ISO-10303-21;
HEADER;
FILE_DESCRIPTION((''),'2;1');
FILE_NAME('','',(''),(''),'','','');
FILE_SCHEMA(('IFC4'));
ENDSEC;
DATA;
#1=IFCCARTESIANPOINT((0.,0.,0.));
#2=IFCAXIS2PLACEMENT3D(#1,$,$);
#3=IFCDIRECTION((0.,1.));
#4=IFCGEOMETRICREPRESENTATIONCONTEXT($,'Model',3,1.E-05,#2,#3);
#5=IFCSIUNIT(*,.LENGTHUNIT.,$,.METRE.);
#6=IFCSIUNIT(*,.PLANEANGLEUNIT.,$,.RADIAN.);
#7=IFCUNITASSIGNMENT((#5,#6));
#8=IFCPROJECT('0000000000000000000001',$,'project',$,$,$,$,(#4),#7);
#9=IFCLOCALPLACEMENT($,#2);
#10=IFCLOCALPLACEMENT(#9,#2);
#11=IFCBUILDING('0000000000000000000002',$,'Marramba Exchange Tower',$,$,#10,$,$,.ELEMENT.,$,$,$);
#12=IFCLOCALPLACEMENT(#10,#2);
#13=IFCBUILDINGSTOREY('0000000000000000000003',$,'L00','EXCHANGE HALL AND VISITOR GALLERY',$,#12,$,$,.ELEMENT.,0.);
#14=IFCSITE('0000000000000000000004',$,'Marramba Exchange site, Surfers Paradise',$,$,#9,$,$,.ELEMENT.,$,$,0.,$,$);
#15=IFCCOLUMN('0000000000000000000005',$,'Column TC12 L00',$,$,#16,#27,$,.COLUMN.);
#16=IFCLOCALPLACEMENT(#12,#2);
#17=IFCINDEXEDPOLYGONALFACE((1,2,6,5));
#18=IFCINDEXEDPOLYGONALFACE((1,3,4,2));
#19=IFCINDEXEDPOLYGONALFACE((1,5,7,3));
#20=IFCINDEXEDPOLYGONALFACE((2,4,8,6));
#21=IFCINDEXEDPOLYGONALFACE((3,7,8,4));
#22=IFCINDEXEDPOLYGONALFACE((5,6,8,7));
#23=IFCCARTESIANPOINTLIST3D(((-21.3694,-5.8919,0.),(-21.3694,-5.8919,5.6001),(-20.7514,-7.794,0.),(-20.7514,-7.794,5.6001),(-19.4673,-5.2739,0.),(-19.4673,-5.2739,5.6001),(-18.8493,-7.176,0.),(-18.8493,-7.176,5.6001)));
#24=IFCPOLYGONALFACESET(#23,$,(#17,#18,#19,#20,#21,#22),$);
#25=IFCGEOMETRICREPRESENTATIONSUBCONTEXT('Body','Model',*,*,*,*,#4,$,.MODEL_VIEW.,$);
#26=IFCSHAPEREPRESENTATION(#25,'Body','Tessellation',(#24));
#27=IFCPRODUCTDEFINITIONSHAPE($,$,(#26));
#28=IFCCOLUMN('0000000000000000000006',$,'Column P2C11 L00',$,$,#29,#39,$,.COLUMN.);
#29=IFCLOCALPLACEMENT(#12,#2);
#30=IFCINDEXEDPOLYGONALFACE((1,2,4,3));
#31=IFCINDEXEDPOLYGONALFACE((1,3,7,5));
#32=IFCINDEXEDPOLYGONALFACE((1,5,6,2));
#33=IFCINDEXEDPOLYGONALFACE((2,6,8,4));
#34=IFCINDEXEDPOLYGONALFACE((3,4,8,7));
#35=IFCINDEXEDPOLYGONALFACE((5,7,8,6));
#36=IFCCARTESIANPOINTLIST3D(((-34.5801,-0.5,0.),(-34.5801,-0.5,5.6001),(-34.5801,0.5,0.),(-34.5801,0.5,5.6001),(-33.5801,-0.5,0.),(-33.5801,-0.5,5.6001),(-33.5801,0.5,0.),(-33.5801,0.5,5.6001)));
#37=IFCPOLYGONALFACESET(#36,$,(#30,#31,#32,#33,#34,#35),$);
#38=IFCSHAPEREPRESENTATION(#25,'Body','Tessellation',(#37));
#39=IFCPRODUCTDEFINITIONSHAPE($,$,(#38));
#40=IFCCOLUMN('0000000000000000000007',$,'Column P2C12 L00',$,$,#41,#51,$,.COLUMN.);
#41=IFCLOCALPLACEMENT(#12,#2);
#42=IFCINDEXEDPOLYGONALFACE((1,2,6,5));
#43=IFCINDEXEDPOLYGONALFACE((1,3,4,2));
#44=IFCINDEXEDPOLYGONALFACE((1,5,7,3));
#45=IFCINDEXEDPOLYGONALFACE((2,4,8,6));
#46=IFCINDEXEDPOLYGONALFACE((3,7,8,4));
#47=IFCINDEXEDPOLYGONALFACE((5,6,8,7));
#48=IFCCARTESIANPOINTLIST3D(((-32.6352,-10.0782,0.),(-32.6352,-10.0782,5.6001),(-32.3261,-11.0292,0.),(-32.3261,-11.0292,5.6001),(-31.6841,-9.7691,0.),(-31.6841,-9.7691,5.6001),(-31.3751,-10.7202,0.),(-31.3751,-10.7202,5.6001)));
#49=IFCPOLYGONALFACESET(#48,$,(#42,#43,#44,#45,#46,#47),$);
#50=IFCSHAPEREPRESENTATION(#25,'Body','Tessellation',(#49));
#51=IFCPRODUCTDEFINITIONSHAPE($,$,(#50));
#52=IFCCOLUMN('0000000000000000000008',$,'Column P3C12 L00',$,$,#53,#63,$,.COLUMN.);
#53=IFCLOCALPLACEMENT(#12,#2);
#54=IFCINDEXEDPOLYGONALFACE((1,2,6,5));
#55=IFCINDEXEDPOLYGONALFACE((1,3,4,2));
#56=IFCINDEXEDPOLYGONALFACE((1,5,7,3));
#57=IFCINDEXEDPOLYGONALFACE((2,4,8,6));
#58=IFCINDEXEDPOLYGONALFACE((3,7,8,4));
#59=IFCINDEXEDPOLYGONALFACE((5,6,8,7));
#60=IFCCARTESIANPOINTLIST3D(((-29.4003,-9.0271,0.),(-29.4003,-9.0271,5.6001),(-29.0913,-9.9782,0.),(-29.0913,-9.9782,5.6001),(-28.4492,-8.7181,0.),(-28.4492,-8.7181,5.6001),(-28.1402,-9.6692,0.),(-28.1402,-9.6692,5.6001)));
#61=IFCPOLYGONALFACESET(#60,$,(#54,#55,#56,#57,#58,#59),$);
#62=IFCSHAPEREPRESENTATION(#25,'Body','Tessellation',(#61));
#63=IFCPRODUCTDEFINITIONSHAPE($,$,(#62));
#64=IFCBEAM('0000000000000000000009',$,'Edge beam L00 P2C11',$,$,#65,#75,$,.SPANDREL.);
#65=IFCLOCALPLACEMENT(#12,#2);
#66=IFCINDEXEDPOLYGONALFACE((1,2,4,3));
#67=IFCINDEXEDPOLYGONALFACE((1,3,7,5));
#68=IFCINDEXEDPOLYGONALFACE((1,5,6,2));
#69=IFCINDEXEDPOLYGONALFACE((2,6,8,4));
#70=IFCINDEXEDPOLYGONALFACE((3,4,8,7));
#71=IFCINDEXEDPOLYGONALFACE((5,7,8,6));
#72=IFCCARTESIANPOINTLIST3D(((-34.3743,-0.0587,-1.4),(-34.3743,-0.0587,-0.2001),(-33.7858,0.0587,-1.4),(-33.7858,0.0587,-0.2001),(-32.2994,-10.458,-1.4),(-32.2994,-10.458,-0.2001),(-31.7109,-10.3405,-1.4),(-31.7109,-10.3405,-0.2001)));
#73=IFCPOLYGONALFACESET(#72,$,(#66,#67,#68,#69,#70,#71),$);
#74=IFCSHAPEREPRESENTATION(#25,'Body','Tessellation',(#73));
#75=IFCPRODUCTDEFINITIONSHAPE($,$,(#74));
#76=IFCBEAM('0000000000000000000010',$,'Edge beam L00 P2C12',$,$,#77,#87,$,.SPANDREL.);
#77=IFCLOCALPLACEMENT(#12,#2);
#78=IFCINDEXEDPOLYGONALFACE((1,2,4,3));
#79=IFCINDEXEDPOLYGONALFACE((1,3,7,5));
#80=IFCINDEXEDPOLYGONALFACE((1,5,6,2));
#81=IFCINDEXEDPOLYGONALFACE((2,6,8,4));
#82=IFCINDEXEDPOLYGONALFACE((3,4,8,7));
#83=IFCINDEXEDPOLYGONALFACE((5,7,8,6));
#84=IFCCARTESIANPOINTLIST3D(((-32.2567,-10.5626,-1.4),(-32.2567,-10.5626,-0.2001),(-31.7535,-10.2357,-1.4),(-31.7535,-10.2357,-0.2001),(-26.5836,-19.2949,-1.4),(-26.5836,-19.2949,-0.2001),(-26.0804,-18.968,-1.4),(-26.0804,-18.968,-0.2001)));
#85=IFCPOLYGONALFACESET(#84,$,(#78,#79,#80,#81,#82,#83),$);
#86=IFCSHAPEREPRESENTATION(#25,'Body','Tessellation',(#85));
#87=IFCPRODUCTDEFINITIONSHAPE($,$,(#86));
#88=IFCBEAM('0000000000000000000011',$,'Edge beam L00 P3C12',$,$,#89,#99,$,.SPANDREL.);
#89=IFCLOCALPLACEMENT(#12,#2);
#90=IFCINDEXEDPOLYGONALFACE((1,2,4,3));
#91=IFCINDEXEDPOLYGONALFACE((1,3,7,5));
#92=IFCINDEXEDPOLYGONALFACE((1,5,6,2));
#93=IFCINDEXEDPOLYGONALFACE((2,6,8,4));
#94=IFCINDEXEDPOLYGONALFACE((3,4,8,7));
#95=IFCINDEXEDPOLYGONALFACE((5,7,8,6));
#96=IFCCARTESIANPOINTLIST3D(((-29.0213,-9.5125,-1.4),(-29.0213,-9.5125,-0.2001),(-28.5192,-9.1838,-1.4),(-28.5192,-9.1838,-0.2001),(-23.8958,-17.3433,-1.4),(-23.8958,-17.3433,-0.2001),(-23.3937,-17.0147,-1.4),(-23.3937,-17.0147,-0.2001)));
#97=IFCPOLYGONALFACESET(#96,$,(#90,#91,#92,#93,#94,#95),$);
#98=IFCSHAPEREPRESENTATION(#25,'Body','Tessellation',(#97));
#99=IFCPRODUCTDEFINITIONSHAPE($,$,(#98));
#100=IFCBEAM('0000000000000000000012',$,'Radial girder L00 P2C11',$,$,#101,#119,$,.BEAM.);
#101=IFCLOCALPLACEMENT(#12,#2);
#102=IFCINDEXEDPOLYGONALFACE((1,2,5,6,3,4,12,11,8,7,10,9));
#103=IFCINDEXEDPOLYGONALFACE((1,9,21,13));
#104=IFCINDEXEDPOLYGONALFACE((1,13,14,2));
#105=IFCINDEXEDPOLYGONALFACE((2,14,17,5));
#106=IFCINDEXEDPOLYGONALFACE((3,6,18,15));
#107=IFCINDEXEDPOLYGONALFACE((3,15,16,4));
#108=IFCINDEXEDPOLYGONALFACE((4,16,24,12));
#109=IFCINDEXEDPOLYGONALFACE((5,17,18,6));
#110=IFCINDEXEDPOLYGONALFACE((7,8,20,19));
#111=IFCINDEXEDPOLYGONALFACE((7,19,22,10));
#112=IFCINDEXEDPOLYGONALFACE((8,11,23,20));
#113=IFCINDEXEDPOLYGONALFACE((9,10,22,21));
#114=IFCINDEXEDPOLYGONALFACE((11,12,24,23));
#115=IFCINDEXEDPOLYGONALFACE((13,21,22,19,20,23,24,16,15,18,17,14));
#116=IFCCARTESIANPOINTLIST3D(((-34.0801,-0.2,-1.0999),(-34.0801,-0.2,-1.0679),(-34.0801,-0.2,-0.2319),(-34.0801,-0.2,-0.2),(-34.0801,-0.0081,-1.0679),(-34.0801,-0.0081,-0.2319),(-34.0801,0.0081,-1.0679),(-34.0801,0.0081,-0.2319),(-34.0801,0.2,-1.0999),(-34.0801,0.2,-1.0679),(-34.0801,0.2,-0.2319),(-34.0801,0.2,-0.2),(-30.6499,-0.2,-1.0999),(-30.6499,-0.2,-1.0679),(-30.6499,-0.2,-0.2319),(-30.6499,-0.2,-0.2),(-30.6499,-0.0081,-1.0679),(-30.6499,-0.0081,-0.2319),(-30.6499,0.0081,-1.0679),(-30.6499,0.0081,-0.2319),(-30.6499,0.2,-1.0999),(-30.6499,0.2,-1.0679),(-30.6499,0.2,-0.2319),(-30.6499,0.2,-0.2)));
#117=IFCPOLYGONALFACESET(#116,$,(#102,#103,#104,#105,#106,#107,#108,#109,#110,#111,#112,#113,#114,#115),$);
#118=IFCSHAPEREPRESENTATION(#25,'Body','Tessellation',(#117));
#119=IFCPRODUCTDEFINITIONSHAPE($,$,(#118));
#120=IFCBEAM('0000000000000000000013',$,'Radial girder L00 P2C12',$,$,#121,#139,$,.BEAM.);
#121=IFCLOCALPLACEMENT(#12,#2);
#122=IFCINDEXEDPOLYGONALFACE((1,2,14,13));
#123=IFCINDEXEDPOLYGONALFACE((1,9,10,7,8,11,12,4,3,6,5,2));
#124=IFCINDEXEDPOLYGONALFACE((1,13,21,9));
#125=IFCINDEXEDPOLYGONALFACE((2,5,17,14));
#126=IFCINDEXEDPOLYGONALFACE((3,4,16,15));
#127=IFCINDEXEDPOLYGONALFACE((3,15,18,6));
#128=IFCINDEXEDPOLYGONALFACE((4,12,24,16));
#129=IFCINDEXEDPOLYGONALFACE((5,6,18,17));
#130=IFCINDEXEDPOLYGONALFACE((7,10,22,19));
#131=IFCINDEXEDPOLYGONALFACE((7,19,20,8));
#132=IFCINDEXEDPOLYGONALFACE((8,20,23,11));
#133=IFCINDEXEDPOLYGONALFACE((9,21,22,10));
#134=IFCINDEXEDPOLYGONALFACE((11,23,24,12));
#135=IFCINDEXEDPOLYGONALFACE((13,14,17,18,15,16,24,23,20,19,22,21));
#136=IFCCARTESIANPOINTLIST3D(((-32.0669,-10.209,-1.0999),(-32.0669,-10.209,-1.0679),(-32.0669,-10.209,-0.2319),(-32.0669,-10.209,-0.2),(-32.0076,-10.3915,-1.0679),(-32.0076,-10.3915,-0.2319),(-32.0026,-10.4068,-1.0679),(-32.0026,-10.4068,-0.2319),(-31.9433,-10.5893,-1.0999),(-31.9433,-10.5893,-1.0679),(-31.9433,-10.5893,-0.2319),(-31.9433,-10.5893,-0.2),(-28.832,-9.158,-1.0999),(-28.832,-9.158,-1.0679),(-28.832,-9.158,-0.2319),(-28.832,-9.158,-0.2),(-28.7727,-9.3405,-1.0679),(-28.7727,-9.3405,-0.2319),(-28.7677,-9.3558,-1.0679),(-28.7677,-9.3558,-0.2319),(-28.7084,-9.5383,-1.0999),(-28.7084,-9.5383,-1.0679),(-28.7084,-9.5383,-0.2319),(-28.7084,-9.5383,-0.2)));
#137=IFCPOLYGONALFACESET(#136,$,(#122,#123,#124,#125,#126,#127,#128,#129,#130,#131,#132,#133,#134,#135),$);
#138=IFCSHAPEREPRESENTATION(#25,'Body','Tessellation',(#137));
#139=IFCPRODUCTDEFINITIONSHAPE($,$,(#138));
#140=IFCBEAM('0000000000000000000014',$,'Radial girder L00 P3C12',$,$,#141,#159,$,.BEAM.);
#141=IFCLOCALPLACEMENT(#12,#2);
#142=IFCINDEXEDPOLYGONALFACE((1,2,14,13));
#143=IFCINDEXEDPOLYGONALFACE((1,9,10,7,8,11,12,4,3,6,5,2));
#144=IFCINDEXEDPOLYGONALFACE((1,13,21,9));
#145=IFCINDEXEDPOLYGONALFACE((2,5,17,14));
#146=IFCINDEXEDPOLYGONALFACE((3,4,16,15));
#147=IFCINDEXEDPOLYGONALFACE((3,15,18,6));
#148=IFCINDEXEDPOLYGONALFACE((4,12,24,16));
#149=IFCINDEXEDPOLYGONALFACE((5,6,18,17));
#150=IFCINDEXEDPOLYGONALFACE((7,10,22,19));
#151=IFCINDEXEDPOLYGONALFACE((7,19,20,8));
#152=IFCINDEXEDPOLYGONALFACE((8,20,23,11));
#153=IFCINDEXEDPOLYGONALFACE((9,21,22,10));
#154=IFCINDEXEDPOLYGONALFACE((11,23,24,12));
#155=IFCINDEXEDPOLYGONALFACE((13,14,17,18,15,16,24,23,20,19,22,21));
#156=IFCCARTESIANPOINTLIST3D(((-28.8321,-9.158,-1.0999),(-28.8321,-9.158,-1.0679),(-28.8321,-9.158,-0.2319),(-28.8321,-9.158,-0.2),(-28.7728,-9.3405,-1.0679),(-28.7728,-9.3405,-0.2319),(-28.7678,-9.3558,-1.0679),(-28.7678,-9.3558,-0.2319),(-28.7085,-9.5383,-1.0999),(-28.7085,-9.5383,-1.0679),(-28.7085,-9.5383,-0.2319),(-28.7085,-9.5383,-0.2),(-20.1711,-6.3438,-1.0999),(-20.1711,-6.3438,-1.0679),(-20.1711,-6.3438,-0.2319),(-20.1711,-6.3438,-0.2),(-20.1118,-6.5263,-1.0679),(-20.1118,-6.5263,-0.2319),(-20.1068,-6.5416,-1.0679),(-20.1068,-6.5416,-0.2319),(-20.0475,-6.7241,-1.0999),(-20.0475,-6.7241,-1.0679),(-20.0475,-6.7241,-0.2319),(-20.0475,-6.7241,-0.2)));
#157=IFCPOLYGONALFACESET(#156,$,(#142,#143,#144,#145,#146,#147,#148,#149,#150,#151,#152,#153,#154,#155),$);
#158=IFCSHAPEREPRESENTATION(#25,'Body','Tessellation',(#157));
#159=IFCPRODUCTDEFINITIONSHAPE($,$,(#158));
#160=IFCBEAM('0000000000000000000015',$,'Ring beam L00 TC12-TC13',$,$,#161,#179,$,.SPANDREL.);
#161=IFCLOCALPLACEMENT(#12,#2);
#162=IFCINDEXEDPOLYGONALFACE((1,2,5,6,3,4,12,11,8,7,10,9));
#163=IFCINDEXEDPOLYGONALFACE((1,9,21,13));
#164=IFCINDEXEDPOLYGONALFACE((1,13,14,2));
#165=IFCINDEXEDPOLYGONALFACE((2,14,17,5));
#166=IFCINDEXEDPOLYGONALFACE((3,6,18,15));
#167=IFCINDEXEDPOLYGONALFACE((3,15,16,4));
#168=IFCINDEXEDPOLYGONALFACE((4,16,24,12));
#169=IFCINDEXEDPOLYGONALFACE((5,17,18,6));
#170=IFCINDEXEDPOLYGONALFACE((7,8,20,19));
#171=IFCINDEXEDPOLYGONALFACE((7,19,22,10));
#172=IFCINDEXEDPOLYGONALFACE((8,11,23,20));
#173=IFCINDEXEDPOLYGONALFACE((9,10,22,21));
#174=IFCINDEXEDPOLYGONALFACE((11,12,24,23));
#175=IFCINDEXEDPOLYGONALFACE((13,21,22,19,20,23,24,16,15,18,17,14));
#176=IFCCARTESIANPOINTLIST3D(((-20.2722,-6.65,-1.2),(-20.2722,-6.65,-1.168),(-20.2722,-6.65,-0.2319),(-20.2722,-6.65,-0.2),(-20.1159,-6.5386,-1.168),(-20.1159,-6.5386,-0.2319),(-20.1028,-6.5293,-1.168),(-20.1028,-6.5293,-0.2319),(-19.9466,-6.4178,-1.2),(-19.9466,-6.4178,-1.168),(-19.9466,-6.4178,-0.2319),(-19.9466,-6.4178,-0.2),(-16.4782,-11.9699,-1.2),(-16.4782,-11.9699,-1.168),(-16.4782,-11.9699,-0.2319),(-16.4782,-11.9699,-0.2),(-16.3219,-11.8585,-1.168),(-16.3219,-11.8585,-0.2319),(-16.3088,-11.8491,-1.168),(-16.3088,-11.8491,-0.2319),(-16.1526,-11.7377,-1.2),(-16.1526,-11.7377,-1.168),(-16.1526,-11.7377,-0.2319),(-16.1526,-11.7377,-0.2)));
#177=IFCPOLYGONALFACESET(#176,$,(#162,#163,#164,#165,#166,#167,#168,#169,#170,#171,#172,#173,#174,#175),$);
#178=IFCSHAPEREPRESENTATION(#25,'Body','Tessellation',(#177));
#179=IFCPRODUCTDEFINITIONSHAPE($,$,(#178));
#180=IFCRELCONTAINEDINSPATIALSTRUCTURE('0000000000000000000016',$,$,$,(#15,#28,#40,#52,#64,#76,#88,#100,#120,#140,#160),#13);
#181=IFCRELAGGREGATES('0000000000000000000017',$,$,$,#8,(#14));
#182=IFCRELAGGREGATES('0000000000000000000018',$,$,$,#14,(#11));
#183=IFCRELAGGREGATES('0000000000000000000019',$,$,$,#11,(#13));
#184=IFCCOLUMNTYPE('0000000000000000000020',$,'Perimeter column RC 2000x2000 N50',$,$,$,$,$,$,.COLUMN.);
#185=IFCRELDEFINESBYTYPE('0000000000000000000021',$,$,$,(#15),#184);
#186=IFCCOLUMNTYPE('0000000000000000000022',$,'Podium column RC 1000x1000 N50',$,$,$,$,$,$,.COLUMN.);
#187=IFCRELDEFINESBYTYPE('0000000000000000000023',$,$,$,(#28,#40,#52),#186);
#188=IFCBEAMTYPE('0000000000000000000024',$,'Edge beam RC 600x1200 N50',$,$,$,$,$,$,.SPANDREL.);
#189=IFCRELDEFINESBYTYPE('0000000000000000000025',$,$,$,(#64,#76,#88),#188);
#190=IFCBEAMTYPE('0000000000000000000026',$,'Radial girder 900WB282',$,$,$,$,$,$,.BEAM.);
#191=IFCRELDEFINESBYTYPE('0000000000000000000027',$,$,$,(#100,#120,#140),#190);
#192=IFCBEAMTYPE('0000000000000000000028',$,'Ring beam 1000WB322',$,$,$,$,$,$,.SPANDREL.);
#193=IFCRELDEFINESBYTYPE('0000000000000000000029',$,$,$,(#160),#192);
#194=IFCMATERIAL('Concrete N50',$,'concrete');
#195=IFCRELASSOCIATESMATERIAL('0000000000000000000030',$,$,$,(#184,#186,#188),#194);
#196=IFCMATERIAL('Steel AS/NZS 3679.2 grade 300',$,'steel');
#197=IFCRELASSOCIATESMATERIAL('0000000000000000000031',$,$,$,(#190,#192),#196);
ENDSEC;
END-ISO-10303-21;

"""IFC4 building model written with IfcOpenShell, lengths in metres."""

from ifc_helpers import new_model, si_unit, direction, frame, origin, origin_2d, place, context, subcontext, project, spatial, rectangle, i_section, extrude, material, material_profile, profile_set, type_object, element, save


model = new_model("IFC4")

# Units and contexts
model_context = context("Model", 3, precision=1e-05, world=origin(), true_north=direction((0.0, 1.0)))
body_context = subcontext(model_context, "Body", "Model", "MODEL_VIEW")
ifc_project = project(units=[si_unit("LENGTHUNIT", "METRE"), si_unit("PLANEANGLEUNIT", "RADIAN")], contexts=[model_context])

# Site, building, storey
site_placement = place(None, origin())
site = spatial("IfcSite", under=ifc_project, at=site_placement, Name="Marramba Exchange site, Surfers Paradise", CompositionType="ELEMENT", RefElevation=0.0)
building_placement = place(site_placement, origin())
building = spatial("IfcBuilding", under=site, at=building_placement, Name="Marramba Exchange Tower", CompositionType="ELEMENT")
storey_placement = place(building_placement, origin())
storey = spatial("IfcBuildingStorey", under=building, at=storey_placement, Name="L00", Description="EXCHANGE HALL AND VISITOR GALLERY", CompositionType="ELEMENT", Elevation=0.0)

# Columns
ifc_material_1 = material(Name="Concrete N50", Category="concrete")
ifc_material_profile_1 = material_profile(ifc_material_1, rectangle(XDim=2.0, YDim=2.0, at=origin_2d()), Name="RC 2000x2000")
ifc_profile_set_1 = profile_set([ifc_material_profile_1], Name="Concrete N50")
column_type_1 = type_object("IfcColumnType", Name="Perimeter column RC 2000x2000 N50", PredefinedType="COLUMN", material=ifc_profile_set_1)
column_placement = place(storey_placement, frame((-20.1094, -6.5339, 0.0), z_axis=(0.0, 0.0, 1.0), x_axis=(-0.951057, -0.309017, 0.0)))
element("IfcColumn", 1, at=column_placement, inside=storey, type_object=column_type_1, Name="Column TC12 L00", PredefinedType="COLUMN", context=body_context, shape_type="SweptSolid", body=[
    extrude(rectangle(XDim=2.0, YDim=2.0, at=origin_2d()), origin(), (0.0, 0.0, 1.0), 5.6001),
])
ifc_material_profile_2 = material_profile(ifc_material_1, rectangle(XDim=1.0, YDim=1.0, at=origin_2d()), Name="RC 1000x1000")
ifc_profile_set_2 = profile_set([ifc_material_profile_2], Name="Concrete N50")
column_type_2 = type_object("IfcColumnType", Name="Podium column RC 1000x1000 N50", PredefinedType="COLUMN", material=ifc_profile_set_2)
for number, where, z_axis, x_axis, name in (
    (2, (-34.0801, 0.0, 0.0), (0.0, 0.0, 1.0), (-1.0, 0.0, 0.0), "Column P2C11 L00"),
    (3, (-32.0051, -10.3992, 0.0), (0.0, 0.0, 1.0), (-0.951057, -0.309017, 0.0), "Column P2C12 L00"),
    (4, (-28.7703, -9.3481, 0.0), (0.0, 0.0, 1.0), (-0.951057, -0.309017, 0.0), "Column P3C12 L00"),
):
    element("IfcColumn", number, at=place(storey_placement, frame(where, z_axis=z_axis, x_axis=x_axis)), inside=storey, type_object=column_type_2, Name=name, PredefinedType="COLUMN", context=body_context, shape_type="SweptSolid", body=[
        extrude(rectangle(XDim=1.0, YDim=1.0, at=origin_2d()), origin(), (0.0, 0.0, 1.0), 5.6001),
    ])

# Beams
ifc_material_profile_3 = material_profile(ifc_material_1, rectangle(XDim=0.6001, YDim=1.2, at=origin_2d()), Name="RC 600x1200")
ifc_profile_set_3 = profile_set([ifc_material_profile_3], Name="Concrete N50")
beam_type_1 = type_object("IfcBeamType", Name="Edge beam RC 600x1200 N50", PredefinedType="SPANDREL", material=ifc_profile_set_3)
beam_1_placement = place(storey_placement, frame((-34.0801, 0.0, -0.8), z_axis=(0.195673, -0.980669, 0.0), x_axis=(0.980669, 0.195673, 0.0)))
element("IfcBeam", 5, at=beam_1_placement, inside=storey, type_object=beam_type_1, Name="Edge beam L00 P2C11", PredefinedType="SPANDREL", context=body_context, shape_type="SweptSolid", body=[
    extrude(rectangle(XDim=0.6001, YDim=1.2, at=origin_2d()), origin(), (0.0, 0.0, 1.0), 10.6042),
])
beam_2_placement = place(storey_placement, frame((-32.0051, -10.3992, -0.8), z_axis=(0.544798, -0.838567, 0.0), x_axis=(0.838567, 0.544798, 0.0)))
element("IfcBeam", 6, at=beam_2_placement, inside=storey, type_object=beam_type_1, Name="Edge beam L00 P2C12", PredefinedType="SPANDREL", context=body_context, shape_type="SweptSolid", body=[
    extrude(rectangle(XDim=0.6001, YDim=1.2, at=origin_2d()), origin(), (0.0, 0.0, 1.0), 10.4133),
])
beam_3_placement = place(storey_placement, frame((-28.7703, -9.3481, -0.8), z_axis=(0.547649, -0.836708, 0.0), x_axis=(0.836708, 0.547649, 0.0)))
element("IfcBeam", 7, at=beam_3_placement, inside=storey, type_object=beam_type_1, Name="Edge beam L00 P3C12", PredefinedType="SPANDREL", context=body_context, shape_type="SweptSolid", body=[
    extrude(rectangle(XDim=0.6001, YDim=1.2, at=origin_2d()), origin(), (0.0, 0.0, 1.0), 9.3591),
])
ifc_material_2 = material(Name="Steel AS/NZS 3679.2 grade 300", Category="steel")
ifc_material_profile_4 = material_profile(ifc_material_2, i_section(OverallWidth=0.3999, OverallDepth=0.8999, WebThickness=0.0161, FlangeThickness=0.032, at=origin_2d()), Name="900WB282")
ifc_profile_set_4 = profile_set([ifc_material_profile_4], Name="Steel AS/NZS 3679.2 grade 300")
beam_type_2 = type_object("IfcBeamType", Name="Radial girder 900WB282", PredefinedType="BEAM", material=ifc_profile_set_4)
beam_4_placement = place(storey_placement, frame((-34.0801, 0.0, -0.6499), z_axis=(1.0, 0.0, 0.0), x_axis=(0.0, 1.0, 0.0)))
element("IfcBeam", 8, at=beam_4_placement, inside=storey, type_object=beam_type_2, Name="Radial girder L00 P2C11", PredefinedType="BEAM", context=body_context, shape_type="SweptSolid", body=[
    extrude(i_section(OverallWidth=0.3999, OverallDepth=0.8999, WebThickness=0.0161, FlangeThickness=0.032, at=origin_2d()), origin(), (0.0, 0.0, 1.0), 3.4302),
])
beam_5_placement = place(storey_placement, frame((-32.0051, -10.3992, -0.6499), z_axis=(0.95106, 0.309005, 0.0), x_axis=(-0.309005, 0.95106, 0.0)))
element("IfcBeam", 9, at=beam_5_placement, inside=storey, type_object=beam_type_2, Name="Radial girder L00 P2C12", PredefinedType="BEAM", context=body_context, shape_type="SweptSolid", body=[
    extrude(i_section(OverallWidth=0.3999, OverallDepth=0.8999, WebThickness=0.0161, FlangeThickness=0.032, at=origin_2d()), origin(), (0.0, 0.0, 1.0), 3.4014),
])
beam_6_placement = place(storey_placement, frame((-28.7703, -9.3481, -0.6499), z_axis=(0.951053, 0.309028, 0.0), x_axis=(-0.309028, 0.951053, 0.0)))
element("IfcBeam", 10, at=beam_6_placement, inside=storey, type_object=beam_type_2, Name="Radial girder L00 P3C12", PredefinedType="BEAM", context=body_context, shape_type="SweptSolid", body=[
    extrude(i_section(OverallWidth=0.3999, OverallDepth=0.8999, WebThickness=0.0161, FlangeThickness=0.032, at=origin_2d()), origin(), (0.0, 0.0, 1.0), 9.1067),
])
ifc_material_profile_5 = material_profile(ifc_material_2, i_section(OverallWidth=0.3999, OverallDepth=1.0, WebThickness=0.0161, FlangeThickness=0.032, at=origin_2d()), Name="1000WB322")
ifc_profile_set_5 = profile_set([ifc_material_profile_5], Name="Steel AS/NZS 3679.2 grade 300")
beam_type_3 = type_object("IfcBeamType", Name="Ring beam 1000WB322", PredefinedType="SPANDREL", material=ifc_profile_set_5)
beam_7_placement = place(storey_placement, frame((-20.1094, -6.5339, -0.7), z_axis=(0.580637, -0.814162, 0.0), x_axis=(0.814162, 0.580637, 0.0)))
element("IfcBeam", 11, at=beam_7_placement, inside=storey, type_object=beam_type_3, Name="Ring beam L00 TC12-TC13", PredefinedType="SPANDREL", context=body_context, shape_type="SweptSolid", body=[
    extrude(i_section(OverallWidth=0.3999, OverallDepth=1.0, WebThickness=0.0161, FlangeThickness=0.032, at=origin_2d()), origin(), (0.0, 0.0, 1.0), 6.5342),
])

save(model, "model.ifc")
